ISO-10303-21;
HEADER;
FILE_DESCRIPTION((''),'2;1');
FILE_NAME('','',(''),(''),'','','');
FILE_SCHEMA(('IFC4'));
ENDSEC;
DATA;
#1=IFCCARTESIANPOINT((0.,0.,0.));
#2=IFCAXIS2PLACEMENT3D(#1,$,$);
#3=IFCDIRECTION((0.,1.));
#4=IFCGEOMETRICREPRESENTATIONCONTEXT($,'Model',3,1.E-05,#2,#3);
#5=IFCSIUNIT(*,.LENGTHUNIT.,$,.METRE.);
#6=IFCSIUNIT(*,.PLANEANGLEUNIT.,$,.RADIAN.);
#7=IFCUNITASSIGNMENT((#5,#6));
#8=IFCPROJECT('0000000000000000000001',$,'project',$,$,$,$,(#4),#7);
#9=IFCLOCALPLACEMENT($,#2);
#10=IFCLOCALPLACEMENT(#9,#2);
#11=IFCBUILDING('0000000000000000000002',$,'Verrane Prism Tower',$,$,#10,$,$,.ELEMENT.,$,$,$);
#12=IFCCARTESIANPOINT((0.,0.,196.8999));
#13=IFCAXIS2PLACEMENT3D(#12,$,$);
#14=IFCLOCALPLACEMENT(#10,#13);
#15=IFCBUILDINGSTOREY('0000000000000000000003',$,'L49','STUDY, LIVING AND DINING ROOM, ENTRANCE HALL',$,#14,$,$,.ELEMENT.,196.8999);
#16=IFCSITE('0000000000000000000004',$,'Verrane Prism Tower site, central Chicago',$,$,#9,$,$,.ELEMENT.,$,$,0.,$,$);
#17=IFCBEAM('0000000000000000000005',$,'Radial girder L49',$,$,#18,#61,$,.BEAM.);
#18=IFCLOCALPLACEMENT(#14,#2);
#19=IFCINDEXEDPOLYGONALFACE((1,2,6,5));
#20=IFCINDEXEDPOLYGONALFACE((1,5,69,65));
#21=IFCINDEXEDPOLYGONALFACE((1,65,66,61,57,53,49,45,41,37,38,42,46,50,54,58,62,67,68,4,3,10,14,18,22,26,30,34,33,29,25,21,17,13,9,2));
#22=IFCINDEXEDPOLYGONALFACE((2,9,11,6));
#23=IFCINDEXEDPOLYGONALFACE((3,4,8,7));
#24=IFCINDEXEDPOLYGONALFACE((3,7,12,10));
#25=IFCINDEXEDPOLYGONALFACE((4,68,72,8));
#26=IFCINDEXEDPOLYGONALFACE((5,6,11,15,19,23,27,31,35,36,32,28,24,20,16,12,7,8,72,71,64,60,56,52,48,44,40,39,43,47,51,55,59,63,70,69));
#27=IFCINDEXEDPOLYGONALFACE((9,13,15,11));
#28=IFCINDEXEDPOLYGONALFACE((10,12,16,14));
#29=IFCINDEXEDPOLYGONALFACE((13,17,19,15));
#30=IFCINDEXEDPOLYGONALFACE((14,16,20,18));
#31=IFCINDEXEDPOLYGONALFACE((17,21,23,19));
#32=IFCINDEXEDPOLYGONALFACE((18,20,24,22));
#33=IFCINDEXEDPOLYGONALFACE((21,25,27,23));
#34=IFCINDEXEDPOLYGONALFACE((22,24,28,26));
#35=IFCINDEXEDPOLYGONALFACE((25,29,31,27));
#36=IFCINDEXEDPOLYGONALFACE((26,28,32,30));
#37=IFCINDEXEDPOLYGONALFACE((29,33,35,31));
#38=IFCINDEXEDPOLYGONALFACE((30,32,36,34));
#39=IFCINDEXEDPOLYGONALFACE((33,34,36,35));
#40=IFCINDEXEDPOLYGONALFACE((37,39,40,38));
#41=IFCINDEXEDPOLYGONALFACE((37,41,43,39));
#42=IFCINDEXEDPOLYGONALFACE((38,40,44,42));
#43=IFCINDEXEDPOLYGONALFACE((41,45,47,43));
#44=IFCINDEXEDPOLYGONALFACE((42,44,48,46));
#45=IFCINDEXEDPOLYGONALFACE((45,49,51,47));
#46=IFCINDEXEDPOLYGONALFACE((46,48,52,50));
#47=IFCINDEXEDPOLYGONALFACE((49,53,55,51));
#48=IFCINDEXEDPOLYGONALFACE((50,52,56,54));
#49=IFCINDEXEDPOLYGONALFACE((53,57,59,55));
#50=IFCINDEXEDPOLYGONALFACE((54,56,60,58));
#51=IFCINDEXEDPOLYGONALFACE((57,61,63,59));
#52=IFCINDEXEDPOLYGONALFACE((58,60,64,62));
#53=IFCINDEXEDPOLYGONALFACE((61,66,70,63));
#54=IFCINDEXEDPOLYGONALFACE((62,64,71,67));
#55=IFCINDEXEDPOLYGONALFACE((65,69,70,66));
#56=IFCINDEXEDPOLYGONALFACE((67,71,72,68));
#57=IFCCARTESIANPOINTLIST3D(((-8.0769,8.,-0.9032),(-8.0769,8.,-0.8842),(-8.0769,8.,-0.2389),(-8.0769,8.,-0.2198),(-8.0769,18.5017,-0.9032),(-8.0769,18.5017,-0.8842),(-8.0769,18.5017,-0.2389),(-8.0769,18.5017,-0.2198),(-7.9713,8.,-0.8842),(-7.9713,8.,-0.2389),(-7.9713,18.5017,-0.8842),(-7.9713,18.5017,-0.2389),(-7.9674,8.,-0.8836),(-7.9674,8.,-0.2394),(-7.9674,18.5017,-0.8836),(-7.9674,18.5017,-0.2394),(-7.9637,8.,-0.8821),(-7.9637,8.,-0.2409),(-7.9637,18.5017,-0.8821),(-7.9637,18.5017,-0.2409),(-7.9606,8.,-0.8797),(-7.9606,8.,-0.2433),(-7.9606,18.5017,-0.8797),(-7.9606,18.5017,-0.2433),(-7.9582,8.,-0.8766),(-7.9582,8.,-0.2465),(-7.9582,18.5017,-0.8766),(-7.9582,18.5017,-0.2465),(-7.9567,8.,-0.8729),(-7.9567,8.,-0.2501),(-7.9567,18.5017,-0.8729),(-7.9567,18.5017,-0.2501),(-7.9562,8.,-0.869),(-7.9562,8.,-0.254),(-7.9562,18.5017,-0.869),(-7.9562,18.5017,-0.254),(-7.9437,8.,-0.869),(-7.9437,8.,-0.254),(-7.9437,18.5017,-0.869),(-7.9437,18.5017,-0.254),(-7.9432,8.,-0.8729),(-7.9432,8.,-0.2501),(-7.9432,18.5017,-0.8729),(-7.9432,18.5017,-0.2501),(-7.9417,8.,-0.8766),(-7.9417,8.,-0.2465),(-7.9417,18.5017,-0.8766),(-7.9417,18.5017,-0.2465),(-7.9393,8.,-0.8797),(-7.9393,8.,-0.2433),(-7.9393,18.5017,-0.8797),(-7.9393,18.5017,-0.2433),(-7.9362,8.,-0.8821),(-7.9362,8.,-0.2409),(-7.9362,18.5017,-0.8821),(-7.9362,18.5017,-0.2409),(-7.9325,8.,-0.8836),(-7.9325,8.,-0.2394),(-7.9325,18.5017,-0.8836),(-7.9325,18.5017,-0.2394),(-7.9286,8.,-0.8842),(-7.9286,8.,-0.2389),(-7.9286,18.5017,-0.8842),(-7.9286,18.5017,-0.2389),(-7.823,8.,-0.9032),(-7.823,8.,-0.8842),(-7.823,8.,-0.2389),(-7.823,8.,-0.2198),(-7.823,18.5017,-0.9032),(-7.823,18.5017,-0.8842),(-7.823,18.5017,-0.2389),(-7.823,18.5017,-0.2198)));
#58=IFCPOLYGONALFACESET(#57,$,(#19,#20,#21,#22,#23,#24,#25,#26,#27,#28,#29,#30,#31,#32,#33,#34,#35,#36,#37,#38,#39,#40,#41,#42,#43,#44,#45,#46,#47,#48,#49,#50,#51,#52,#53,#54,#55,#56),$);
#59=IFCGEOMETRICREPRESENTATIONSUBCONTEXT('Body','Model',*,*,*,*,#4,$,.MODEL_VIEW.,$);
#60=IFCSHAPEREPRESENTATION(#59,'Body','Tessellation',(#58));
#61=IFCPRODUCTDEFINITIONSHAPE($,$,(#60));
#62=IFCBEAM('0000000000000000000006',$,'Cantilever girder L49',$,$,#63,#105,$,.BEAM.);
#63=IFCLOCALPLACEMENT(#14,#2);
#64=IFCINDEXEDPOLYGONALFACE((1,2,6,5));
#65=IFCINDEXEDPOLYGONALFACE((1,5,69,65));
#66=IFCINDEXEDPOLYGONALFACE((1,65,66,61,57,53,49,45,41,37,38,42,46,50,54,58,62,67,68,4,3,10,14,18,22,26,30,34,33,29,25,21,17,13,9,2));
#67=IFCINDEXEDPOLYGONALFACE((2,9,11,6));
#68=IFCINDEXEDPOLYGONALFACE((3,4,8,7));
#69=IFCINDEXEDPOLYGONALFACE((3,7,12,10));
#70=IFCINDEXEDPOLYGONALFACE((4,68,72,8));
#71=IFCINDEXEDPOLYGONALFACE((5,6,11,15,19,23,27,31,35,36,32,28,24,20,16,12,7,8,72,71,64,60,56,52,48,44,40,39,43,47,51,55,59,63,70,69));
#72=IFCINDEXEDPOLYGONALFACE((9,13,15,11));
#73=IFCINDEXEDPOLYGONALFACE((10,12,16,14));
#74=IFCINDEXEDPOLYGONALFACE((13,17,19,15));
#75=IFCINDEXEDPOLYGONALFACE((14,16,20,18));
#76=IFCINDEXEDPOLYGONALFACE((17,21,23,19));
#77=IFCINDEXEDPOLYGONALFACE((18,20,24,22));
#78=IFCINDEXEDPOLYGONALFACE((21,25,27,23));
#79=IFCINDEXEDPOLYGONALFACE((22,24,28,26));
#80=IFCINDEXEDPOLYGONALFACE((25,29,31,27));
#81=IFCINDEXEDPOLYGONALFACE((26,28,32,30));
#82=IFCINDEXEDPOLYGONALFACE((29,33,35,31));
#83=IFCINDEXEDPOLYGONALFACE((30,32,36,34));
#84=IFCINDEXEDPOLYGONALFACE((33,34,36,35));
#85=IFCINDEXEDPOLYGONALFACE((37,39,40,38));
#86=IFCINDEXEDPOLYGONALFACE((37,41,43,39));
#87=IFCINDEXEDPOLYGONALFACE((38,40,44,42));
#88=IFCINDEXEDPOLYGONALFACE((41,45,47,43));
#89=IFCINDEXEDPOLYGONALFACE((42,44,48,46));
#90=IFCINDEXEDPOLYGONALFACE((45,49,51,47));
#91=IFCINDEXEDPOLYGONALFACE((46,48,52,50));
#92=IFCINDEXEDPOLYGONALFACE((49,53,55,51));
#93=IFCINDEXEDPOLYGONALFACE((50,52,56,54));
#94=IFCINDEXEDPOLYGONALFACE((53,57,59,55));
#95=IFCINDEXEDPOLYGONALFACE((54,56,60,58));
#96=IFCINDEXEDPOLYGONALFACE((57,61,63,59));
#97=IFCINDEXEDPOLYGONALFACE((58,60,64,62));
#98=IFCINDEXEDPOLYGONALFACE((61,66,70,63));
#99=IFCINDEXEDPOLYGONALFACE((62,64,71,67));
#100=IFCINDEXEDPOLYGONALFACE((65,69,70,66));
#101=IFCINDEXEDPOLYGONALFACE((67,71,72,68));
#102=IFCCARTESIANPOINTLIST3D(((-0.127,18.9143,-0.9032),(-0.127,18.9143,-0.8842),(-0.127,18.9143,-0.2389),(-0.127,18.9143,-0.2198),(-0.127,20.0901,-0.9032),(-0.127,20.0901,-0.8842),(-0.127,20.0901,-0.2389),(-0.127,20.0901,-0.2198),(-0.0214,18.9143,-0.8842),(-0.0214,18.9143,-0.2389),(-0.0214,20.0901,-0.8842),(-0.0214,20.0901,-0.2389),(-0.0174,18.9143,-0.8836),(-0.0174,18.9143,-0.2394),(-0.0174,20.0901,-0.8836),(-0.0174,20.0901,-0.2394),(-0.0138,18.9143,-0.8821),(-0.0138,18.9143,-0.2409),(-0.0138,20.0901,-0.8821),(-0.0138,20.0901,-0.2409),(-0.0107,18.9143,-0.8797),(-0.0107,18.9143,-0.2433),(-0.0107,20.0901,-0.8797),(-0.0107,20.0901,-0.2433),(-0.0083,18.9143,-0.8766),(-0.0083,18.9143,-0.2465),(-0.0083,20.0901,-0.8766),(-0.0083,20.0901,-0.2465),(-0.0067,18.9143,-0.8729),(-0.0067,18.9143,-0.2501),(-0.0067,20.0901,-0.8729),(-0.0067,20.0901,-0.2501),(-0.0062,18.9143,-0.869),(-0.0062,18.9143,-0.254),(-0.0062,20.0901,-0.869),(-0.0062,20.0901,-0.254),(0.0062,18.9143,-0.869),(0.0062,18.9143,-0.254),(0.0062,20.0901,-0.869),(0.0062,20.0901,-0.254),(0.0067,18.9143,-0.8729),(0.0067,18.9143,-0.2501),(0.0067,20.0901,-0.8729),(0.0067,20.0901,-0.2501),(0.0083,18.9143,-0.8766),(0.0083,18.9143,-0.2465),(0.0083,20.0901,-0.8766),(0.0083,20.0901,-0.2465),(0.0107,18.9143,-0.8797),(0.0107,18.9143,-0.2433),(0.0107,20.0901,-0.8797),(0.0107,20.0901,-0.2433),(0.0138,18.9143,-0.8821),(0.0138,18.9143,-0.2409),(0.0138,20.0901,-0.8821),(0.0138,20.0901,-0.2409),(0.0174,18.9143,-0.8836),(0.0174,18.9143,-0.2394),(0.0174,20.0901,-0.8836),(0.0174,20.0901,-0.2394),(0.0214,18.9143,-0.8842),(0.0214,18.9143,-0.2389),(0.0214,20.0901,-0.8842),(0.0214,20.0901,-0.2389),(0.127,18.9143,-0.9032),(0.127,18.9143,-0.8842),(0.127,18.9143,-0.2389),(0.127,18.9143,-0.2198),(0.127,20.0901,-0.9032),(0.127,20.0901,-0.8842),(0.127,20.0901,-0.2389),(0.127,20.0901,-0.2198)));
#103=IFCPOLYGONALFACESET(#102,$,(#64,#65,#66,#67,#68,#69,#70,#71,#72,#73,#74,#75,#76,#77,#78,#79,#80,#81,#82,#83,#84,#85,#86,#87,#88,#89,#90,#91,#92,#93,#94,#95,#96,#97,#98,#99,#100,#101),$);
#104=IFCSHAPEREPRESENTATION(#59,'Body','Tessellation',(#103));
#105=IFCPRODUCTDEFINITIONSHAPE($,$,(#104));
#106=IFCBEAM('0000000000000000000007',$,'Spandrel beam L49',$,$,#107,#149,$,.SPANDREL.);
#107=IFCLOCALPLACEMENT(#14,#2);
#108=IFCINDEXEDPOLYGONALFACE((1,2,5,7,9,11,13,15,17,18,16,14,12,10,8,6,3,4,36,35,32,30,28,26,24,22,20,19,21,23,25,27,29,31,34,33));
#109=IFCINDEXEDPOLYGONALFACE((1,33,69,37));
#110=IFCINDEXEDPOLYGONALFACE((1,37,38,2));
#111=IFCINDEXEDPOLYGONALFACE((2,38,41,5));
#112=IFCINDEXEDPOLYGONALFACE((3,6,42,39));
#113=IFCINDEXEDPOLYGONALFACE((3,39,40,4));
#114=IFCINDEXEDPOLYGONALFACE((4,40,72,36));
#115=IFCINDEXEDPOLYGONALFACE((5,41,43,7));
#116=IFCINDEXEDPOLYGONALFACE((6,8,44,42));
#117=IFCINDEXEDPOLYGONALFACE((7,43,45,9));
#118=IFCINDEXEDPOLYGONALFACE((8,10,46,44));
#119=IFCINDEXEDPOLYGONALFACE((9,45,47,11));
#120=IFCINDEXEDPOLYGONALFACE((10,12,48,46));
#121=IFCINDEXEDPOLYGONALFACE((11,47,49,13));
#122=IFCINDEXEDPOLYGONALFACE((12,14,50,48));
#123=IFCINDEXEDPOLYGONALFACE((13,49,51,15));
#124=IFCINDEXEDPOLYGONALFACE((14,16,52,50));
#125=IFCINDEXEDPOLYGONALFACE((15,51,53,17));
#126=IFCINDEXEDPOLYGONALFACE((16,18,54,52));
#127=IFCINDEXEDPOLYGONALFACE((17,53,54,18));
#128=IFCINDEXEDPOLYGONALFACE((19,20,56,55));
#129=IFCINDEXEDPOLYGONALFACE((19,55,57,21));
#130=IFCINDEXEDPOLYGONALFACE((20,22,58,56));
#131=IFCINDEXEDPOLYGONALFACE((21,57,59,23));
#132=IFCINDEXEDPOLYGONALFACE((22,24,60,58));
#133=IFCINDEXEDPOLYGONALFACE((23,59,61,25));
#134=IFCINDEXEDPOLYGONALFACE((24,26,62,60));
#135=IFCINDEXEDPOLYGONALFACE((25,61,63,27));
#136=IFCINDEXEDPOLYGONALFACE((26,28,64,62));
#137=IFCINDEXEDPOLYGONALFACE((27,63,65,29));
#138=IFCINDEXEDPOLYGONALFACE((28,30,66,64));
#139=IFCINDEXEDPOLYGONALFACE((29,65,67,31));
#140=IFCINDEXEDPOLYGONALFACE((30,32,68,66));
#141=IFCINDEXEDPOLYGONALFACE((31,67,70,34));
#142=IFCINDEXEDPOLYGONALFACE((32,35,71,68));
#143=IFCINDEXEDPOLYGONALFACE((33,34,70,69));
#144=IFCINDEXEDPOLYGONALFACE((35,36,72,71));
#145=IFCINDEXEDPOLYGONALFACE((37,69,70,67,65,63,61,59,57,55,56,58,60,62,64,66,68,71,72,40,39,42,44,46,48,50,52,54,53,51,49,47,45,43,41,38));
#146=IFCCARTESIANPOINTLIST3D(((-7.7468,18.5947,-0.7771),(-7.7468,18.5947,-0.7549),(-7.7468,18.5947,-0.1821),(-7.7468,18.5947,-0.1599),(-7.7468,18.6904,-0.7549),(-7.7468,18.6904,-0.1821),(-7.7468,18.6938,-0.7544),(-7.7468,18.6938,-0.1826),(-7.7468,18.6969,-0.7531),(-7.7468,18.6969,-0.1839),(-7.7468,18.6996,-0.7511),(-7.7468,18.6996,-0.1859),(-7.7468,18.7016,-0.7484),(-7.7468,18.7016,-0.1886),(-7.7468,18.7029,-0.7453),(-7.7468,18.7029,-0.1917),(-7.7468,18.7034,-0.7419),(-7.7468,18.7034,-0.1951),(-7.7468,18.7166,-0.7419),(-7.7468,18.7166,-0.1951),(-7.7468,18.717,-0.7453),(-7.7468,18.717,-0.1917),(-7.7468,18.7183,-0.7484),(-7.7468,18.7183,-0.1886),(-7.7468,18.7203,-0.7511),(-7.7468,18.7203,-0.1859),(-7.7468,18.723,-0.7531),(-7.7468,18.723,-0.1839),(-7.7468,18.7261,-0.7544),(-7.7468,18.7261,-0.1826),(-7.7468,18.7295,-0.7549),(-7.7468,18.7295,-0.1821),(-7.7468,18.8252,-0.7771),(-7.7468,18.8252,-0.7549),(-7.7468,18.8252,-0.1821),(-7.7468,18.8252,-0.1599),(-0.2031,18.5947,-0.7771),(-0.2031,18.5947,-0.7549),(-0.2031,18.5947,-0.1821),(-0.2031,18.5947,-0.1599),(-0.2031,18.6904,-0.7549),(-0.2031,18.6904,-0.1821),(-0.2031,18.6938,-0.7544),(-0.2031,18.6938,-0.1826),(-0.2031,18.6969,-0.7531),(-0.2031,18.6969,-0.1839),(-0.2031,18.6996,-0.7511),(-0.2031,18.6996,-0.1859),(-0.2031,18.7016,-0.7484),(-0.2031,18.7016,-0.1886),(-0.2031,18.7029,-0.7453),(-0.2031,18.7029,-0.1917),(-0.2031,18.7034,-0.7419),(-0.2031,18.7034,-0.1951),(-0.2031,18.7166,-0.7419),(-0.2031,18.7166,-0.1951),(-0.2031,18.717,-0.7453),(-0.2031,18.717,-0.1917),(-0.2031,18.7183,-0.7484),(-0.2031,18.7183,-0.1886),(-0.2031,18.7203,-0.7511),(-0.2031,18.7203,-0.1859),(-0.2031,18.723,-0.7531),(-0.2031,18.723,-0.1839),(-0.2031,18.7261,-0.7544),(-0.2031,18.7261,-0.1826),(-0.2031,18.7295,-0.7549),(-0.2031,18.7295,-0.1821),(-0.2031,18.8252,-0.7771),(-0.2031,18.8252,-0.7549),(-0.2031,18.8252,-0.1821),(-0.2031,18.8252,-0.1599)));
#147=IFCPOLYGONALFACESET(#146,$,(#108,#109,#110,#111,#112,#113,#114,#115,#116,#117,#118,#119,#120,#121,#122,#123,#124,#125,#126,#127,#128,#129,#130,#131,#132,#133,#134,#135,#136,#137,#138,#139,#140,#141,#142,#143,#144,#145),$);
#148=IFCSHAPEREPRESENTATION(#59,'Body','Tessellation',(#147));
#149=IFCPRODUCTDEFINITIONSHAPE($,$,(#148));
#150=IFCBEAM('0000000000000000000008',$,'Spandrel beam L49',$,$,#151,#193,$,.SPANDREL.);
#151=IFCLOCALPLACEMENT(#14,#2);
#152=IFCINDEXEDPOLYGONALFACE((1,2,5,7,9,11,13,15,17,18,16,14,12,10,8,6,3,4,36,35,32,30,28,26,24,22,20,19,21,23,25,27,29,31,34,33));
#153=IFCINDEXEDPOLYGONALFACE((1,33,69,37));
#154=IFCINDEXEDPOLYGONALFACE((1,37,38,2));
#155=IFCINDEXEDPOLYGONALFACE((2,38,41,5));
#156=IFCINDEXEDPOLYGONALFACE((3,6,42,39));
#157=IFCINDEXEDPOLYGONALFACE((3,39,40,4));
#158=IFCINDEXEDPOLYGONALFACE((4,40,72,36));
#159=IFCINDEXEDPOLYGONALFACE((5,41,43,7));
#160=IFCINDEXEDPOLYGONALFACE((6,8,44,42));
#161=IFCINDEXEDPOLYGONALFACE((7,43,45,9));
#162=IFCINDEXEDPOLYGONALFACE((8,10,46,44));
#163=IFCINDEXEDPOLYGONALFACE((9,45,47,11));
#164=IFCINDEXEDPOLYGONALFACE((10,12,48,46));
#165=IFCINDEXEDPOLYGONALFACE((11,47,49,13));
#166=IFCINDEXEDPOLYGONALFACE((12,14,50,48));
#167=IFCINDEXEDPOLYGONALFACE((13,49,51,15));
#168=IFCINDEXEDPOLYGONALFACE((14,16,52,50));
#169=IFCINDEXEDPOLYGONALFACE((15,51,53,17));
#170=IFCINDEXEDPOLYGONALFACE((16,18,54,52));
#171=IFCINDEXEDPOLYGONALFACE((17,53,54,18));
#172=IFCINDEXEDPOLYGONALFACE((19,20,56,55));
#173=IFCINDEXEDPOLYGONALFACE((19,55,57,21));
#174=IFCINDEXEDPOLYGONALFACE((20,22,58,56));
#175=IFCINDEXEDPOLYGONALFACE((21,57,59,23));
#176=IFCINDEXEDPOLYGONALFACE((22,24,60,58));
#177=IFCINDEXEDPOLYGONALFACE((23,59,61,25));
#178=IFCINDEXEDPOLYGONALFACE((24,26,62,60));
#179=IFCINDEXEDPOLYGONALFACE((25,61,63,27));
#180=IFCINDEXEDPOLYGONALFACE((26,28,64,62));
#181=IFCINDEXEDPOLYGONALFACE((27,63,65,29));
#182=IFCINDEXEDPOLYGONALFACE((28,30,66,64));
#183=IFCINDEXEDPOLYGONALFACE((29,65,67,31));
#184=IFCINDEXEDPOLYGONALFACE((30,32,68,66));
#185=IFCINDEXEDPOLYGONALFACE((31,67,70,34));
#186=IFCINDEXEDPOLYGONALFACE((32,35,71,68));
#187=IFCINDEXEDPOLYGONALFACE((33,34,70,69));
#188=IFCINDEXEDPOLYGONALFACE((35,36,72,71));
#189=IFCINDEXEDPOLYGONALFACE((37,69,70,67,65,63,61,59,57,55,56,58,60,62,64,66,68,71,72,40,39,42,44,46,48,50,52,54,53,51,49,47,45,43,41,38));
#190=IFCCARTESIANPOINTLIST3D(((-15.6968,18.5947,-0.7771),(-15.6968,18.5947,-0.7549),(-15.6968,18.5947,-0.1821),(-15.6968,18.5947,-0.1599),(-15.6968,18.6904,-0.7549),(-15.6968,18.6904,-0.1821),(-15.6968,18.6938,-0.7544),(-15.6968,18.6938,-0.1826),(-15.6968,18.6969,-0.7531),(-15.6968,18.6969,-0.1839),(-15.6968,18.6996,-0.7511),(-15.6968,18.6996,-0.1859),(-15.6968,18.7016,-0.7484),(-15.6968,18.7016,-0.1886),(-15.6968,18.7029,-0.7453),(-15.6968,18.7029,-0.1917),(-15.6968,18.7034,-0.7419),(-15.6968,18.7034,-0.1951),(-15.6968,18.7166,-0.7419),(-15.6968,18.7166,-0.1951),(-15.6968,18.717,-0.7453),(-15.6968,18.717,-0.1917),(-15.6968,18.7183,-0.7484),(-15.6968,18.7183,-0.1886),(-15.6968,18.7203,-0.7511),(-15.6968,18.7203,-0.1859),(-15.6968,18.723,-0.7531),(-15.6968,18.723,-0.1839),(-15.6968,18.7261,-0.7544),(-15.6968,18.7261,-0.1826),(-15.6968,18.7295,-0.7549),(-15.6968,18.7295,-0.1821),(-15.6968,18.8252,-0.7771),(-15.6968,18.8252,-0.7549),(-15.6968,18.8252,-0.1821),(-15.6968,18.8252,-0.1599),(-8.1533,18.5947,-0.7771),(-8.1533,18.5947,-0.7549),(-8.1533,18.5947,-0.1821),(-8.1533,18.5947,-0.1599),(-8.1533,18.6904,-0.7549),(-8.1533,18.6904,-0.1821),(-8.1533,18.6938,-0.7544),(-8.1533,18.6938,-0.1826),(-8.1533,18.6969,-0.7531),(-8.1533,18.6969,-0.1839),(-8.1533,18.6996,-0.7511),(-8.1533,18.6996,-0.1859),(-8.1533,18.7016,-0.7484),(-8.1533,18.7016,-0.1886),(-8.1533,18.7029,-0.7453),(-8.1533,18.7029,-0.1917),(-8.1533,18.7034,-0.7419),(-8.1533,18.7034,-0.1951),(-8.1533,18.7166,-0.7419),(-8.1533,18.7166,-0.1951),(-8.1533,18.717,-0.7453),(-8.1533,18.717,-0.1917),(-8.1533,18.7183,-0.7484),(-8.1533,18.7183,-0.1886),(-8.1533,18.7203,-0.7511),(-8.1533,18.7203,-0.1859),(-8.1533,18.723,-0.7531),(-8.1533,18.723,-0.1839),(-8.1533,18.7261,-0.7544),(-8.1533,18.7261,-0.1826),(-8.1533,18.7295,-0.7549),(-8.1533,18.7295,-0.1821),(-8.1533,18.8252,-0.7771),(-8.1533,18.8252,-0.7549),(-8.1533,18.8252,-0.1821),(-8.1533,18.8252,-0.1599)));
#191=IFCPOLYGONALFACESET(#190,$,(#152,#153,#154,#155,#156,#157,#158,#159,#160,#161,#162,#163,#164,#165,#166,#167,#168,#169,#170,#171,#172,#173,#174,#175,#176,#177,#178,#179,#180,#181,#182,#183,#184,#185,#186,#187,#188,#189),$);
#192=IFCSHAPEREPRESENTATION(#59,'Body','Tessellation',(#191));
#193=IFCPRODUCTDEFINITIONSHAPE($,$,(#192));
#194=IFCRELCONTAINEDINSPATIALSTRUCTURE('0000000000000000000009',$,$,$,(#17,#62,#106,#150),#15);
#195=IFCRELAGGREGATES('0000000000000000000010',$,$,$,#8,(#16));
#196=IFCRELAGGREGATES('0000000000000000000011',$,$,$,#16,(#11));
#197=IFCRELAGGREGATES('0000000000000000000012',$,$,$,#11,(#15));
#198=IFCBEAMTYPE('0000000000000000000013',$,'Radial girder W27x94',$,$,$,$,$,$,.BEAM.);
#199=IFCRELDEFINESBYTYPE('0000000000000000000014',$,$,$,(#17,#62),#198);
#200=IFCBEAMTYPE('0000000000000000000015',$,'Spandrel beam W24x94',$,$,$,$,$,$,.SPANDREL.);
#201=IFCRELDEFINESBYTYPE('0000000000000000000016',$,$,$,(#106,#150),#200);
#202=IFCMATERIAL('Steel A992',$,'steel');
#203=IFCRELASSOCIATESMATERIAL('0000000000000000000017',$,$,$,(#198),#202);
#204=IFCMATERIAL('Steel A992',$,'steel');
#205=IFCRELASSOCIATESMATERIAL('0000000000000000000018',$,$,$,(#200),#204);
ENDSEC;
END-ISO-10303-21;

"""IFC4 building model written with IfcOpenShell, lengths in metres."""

from ifc_helpers import new_model, si_unit, direction, frame, origin, origin_2d, place, context, subcontext, project, spatial, i_section, extrude, material, material_profile, profile_set, type_object, element, save


model = new_model("IFC4")

# Units and contexts
model_context = context("Model", 3, precision=1e-05, world=origin(), true_north=direction((0.0, 1.0)))
body_context = subcontext(model_context, "Body", "Model", "MODEL_VIEW")
ifc_project = project(units=[si_unit("LENGTHUNIT", "METRE"), si_unit("PLANEANGLEUNIT", "RADIAN")], contexts=[model_context])

# Site, building, storey
site_placement = place(None, origin())
site = spatial("IfcSite", under=ifc_project, at=site_placement, Name="Verrane Prism Tower site, central Chicago", CompositionType="ELEMENT", RefElevation=0.0)
building_placement = place(site_placement, origin())
building = spatial("IfcBuilding", under=site, at=building_placement, Name="Verrane Prism Tower", CompositionType="ELEMENT")
storey_placement = place(building_placement, frame((0.0, 0.0, 196.8999)))
storey = spatial("IfcBuildingStorey", under=building, at=storey_placement, Name="L49", Description="STUDY, LIVING AND DINING ROOM, ENTRANCE HALL", CompositionType="ELEMENT", Elevation=196.8999)

# Beams
ifc_material_1 = material(Name="Steel A992", Category="steel")
ifc_material_profile_1 = material_profile(ifc_material_1, i_section(OverallWidth=0.2539, OverallDepth=0.6833, WebThickness=0.0125, FlangeThickness=0.019, FilletRadius=0.0151, at=origin_2d()), Name="W27x94")
ifc_profile_set_1 = profile_set([ifc_material_profile_1], Name="Steel A992")
beam_type_1 = type_object("IfcBeamType", Name="Radial girder W27x94", PredefinedType="BEAM", material=ifc_profile_set_1)
for number, where, z_axis, x_axis, name in (
    (1, (-7.95, 18.5017, -0.5615), (0.0, -1.0, 0.0), (1.0, 0.0, 0.0), "Radial girder L49"),
):
    element("IfcBeam", number, at=place(storey_placement, frame(where, z_axis=z_axis, x_axis=x_axis)), inside=storey, type_object=beam_type_1, Name=name, PredefinedType="BEAM", context=body_context, shape_type="SweptSolid", body=[
        extrude(i_section(OverallWidth=0.2539, OverallDepth=0.6833, WebThickness=0.0125, FlangeThickness=0.019, FilletRadius=0.0151, at=origin_2d()), origin(), (0.0, 0.0, 1.0), 10.5017),
    ])
beam_1_placement = place(storey_placement, frame((0.0, 18.9143, -0.5615), z_axis=(0.0, 1.0, 0.0), x_axis=(-1.0, 0.0, 0.0)))
element("IfcBeam", 2, at=beam_1_placement, inside=storey, type_object=beam_type_1, Name="Cantilever girder L49", PredefinedType="BEAM", context=body_context, shape_type="SweptSolid", body=[
    extrude(i_section(OverallWidth=0.2539, OverallDepth=0.6833, WebThickness=0.0125, FlangeThickness=0.019, FilletRadius=0.0151, at=origin_2d()), origin(), (0.0, 0.0, 1.0), 1.1758),
])
ifc_material_2 = material(Name="Steel A992", Category="steel")
ifc_material_profile_2 = material_profile(ifc_material_2, i_section(OverallWidth=0.2305, OverallDepth=0.6172, WebThickness=0.0132, FlangeThickness=0.0222, FilletRadius=0.0129, at=origin_2d()), Name="W24x94")
ifc_profile_set_2 = profile_set([ifc_material_profile_2], Name="Steel A992")
beam_type_2 = type_object("IfcBeamType", Name="Spandrel beam W24x94", PredefinedType="SPANDREL", material=ifc_profile_set_2)
beam_2_placement = place(storey_placement, frame((-0.2031, 18.71, -0.4685), z_axis=(-1.0, 0.0, 0.0), x_axis=(0.0, -1.0, 0.0)))
element("IfcBeam", 3, at=beam_2_placement, inside=storey, type_object=beam_type_2, Name="Spandrel beam L49", PredefinedType="SPANDREL", context=body_context, shape_type="SweptSolid", body=[
    extrude(i_section(OverallWidth=0.2305, OverallDepth=0.6172, WebThickness=0.0132, FlangeThickness=0.0222, FilletRadius=0.0129, at=origin_2d()), origin(), (0.0, 0.0, 1.0), 7.5437),
])
beam_3_placement = place(storey_placement, frame((-8.1533, 18.71, -0.4685), z_axis=(-1.0, 0.0, 0.0), x_axis=(0.0, -1.0, 0.0)))
element("IfcBeam", 4, at=beam_3_placement, inside=storey, type_object=beam_type_2, Name="Spandrel beam L49", PredefinedType="SPANDREL", context=body_context, shape_type="SweptSolid", body=[
    extrude(i_section(OverallWidth=0.2305, OverallDepth=0.6172, WebThickness=0.0132, FlangeThickness=0.0222, FilletRadius=0.0129, at=origin_2d()), origin(), (0.0, 0.0, 1.0), 7.5435),
])

save(model, "model.ifc")
